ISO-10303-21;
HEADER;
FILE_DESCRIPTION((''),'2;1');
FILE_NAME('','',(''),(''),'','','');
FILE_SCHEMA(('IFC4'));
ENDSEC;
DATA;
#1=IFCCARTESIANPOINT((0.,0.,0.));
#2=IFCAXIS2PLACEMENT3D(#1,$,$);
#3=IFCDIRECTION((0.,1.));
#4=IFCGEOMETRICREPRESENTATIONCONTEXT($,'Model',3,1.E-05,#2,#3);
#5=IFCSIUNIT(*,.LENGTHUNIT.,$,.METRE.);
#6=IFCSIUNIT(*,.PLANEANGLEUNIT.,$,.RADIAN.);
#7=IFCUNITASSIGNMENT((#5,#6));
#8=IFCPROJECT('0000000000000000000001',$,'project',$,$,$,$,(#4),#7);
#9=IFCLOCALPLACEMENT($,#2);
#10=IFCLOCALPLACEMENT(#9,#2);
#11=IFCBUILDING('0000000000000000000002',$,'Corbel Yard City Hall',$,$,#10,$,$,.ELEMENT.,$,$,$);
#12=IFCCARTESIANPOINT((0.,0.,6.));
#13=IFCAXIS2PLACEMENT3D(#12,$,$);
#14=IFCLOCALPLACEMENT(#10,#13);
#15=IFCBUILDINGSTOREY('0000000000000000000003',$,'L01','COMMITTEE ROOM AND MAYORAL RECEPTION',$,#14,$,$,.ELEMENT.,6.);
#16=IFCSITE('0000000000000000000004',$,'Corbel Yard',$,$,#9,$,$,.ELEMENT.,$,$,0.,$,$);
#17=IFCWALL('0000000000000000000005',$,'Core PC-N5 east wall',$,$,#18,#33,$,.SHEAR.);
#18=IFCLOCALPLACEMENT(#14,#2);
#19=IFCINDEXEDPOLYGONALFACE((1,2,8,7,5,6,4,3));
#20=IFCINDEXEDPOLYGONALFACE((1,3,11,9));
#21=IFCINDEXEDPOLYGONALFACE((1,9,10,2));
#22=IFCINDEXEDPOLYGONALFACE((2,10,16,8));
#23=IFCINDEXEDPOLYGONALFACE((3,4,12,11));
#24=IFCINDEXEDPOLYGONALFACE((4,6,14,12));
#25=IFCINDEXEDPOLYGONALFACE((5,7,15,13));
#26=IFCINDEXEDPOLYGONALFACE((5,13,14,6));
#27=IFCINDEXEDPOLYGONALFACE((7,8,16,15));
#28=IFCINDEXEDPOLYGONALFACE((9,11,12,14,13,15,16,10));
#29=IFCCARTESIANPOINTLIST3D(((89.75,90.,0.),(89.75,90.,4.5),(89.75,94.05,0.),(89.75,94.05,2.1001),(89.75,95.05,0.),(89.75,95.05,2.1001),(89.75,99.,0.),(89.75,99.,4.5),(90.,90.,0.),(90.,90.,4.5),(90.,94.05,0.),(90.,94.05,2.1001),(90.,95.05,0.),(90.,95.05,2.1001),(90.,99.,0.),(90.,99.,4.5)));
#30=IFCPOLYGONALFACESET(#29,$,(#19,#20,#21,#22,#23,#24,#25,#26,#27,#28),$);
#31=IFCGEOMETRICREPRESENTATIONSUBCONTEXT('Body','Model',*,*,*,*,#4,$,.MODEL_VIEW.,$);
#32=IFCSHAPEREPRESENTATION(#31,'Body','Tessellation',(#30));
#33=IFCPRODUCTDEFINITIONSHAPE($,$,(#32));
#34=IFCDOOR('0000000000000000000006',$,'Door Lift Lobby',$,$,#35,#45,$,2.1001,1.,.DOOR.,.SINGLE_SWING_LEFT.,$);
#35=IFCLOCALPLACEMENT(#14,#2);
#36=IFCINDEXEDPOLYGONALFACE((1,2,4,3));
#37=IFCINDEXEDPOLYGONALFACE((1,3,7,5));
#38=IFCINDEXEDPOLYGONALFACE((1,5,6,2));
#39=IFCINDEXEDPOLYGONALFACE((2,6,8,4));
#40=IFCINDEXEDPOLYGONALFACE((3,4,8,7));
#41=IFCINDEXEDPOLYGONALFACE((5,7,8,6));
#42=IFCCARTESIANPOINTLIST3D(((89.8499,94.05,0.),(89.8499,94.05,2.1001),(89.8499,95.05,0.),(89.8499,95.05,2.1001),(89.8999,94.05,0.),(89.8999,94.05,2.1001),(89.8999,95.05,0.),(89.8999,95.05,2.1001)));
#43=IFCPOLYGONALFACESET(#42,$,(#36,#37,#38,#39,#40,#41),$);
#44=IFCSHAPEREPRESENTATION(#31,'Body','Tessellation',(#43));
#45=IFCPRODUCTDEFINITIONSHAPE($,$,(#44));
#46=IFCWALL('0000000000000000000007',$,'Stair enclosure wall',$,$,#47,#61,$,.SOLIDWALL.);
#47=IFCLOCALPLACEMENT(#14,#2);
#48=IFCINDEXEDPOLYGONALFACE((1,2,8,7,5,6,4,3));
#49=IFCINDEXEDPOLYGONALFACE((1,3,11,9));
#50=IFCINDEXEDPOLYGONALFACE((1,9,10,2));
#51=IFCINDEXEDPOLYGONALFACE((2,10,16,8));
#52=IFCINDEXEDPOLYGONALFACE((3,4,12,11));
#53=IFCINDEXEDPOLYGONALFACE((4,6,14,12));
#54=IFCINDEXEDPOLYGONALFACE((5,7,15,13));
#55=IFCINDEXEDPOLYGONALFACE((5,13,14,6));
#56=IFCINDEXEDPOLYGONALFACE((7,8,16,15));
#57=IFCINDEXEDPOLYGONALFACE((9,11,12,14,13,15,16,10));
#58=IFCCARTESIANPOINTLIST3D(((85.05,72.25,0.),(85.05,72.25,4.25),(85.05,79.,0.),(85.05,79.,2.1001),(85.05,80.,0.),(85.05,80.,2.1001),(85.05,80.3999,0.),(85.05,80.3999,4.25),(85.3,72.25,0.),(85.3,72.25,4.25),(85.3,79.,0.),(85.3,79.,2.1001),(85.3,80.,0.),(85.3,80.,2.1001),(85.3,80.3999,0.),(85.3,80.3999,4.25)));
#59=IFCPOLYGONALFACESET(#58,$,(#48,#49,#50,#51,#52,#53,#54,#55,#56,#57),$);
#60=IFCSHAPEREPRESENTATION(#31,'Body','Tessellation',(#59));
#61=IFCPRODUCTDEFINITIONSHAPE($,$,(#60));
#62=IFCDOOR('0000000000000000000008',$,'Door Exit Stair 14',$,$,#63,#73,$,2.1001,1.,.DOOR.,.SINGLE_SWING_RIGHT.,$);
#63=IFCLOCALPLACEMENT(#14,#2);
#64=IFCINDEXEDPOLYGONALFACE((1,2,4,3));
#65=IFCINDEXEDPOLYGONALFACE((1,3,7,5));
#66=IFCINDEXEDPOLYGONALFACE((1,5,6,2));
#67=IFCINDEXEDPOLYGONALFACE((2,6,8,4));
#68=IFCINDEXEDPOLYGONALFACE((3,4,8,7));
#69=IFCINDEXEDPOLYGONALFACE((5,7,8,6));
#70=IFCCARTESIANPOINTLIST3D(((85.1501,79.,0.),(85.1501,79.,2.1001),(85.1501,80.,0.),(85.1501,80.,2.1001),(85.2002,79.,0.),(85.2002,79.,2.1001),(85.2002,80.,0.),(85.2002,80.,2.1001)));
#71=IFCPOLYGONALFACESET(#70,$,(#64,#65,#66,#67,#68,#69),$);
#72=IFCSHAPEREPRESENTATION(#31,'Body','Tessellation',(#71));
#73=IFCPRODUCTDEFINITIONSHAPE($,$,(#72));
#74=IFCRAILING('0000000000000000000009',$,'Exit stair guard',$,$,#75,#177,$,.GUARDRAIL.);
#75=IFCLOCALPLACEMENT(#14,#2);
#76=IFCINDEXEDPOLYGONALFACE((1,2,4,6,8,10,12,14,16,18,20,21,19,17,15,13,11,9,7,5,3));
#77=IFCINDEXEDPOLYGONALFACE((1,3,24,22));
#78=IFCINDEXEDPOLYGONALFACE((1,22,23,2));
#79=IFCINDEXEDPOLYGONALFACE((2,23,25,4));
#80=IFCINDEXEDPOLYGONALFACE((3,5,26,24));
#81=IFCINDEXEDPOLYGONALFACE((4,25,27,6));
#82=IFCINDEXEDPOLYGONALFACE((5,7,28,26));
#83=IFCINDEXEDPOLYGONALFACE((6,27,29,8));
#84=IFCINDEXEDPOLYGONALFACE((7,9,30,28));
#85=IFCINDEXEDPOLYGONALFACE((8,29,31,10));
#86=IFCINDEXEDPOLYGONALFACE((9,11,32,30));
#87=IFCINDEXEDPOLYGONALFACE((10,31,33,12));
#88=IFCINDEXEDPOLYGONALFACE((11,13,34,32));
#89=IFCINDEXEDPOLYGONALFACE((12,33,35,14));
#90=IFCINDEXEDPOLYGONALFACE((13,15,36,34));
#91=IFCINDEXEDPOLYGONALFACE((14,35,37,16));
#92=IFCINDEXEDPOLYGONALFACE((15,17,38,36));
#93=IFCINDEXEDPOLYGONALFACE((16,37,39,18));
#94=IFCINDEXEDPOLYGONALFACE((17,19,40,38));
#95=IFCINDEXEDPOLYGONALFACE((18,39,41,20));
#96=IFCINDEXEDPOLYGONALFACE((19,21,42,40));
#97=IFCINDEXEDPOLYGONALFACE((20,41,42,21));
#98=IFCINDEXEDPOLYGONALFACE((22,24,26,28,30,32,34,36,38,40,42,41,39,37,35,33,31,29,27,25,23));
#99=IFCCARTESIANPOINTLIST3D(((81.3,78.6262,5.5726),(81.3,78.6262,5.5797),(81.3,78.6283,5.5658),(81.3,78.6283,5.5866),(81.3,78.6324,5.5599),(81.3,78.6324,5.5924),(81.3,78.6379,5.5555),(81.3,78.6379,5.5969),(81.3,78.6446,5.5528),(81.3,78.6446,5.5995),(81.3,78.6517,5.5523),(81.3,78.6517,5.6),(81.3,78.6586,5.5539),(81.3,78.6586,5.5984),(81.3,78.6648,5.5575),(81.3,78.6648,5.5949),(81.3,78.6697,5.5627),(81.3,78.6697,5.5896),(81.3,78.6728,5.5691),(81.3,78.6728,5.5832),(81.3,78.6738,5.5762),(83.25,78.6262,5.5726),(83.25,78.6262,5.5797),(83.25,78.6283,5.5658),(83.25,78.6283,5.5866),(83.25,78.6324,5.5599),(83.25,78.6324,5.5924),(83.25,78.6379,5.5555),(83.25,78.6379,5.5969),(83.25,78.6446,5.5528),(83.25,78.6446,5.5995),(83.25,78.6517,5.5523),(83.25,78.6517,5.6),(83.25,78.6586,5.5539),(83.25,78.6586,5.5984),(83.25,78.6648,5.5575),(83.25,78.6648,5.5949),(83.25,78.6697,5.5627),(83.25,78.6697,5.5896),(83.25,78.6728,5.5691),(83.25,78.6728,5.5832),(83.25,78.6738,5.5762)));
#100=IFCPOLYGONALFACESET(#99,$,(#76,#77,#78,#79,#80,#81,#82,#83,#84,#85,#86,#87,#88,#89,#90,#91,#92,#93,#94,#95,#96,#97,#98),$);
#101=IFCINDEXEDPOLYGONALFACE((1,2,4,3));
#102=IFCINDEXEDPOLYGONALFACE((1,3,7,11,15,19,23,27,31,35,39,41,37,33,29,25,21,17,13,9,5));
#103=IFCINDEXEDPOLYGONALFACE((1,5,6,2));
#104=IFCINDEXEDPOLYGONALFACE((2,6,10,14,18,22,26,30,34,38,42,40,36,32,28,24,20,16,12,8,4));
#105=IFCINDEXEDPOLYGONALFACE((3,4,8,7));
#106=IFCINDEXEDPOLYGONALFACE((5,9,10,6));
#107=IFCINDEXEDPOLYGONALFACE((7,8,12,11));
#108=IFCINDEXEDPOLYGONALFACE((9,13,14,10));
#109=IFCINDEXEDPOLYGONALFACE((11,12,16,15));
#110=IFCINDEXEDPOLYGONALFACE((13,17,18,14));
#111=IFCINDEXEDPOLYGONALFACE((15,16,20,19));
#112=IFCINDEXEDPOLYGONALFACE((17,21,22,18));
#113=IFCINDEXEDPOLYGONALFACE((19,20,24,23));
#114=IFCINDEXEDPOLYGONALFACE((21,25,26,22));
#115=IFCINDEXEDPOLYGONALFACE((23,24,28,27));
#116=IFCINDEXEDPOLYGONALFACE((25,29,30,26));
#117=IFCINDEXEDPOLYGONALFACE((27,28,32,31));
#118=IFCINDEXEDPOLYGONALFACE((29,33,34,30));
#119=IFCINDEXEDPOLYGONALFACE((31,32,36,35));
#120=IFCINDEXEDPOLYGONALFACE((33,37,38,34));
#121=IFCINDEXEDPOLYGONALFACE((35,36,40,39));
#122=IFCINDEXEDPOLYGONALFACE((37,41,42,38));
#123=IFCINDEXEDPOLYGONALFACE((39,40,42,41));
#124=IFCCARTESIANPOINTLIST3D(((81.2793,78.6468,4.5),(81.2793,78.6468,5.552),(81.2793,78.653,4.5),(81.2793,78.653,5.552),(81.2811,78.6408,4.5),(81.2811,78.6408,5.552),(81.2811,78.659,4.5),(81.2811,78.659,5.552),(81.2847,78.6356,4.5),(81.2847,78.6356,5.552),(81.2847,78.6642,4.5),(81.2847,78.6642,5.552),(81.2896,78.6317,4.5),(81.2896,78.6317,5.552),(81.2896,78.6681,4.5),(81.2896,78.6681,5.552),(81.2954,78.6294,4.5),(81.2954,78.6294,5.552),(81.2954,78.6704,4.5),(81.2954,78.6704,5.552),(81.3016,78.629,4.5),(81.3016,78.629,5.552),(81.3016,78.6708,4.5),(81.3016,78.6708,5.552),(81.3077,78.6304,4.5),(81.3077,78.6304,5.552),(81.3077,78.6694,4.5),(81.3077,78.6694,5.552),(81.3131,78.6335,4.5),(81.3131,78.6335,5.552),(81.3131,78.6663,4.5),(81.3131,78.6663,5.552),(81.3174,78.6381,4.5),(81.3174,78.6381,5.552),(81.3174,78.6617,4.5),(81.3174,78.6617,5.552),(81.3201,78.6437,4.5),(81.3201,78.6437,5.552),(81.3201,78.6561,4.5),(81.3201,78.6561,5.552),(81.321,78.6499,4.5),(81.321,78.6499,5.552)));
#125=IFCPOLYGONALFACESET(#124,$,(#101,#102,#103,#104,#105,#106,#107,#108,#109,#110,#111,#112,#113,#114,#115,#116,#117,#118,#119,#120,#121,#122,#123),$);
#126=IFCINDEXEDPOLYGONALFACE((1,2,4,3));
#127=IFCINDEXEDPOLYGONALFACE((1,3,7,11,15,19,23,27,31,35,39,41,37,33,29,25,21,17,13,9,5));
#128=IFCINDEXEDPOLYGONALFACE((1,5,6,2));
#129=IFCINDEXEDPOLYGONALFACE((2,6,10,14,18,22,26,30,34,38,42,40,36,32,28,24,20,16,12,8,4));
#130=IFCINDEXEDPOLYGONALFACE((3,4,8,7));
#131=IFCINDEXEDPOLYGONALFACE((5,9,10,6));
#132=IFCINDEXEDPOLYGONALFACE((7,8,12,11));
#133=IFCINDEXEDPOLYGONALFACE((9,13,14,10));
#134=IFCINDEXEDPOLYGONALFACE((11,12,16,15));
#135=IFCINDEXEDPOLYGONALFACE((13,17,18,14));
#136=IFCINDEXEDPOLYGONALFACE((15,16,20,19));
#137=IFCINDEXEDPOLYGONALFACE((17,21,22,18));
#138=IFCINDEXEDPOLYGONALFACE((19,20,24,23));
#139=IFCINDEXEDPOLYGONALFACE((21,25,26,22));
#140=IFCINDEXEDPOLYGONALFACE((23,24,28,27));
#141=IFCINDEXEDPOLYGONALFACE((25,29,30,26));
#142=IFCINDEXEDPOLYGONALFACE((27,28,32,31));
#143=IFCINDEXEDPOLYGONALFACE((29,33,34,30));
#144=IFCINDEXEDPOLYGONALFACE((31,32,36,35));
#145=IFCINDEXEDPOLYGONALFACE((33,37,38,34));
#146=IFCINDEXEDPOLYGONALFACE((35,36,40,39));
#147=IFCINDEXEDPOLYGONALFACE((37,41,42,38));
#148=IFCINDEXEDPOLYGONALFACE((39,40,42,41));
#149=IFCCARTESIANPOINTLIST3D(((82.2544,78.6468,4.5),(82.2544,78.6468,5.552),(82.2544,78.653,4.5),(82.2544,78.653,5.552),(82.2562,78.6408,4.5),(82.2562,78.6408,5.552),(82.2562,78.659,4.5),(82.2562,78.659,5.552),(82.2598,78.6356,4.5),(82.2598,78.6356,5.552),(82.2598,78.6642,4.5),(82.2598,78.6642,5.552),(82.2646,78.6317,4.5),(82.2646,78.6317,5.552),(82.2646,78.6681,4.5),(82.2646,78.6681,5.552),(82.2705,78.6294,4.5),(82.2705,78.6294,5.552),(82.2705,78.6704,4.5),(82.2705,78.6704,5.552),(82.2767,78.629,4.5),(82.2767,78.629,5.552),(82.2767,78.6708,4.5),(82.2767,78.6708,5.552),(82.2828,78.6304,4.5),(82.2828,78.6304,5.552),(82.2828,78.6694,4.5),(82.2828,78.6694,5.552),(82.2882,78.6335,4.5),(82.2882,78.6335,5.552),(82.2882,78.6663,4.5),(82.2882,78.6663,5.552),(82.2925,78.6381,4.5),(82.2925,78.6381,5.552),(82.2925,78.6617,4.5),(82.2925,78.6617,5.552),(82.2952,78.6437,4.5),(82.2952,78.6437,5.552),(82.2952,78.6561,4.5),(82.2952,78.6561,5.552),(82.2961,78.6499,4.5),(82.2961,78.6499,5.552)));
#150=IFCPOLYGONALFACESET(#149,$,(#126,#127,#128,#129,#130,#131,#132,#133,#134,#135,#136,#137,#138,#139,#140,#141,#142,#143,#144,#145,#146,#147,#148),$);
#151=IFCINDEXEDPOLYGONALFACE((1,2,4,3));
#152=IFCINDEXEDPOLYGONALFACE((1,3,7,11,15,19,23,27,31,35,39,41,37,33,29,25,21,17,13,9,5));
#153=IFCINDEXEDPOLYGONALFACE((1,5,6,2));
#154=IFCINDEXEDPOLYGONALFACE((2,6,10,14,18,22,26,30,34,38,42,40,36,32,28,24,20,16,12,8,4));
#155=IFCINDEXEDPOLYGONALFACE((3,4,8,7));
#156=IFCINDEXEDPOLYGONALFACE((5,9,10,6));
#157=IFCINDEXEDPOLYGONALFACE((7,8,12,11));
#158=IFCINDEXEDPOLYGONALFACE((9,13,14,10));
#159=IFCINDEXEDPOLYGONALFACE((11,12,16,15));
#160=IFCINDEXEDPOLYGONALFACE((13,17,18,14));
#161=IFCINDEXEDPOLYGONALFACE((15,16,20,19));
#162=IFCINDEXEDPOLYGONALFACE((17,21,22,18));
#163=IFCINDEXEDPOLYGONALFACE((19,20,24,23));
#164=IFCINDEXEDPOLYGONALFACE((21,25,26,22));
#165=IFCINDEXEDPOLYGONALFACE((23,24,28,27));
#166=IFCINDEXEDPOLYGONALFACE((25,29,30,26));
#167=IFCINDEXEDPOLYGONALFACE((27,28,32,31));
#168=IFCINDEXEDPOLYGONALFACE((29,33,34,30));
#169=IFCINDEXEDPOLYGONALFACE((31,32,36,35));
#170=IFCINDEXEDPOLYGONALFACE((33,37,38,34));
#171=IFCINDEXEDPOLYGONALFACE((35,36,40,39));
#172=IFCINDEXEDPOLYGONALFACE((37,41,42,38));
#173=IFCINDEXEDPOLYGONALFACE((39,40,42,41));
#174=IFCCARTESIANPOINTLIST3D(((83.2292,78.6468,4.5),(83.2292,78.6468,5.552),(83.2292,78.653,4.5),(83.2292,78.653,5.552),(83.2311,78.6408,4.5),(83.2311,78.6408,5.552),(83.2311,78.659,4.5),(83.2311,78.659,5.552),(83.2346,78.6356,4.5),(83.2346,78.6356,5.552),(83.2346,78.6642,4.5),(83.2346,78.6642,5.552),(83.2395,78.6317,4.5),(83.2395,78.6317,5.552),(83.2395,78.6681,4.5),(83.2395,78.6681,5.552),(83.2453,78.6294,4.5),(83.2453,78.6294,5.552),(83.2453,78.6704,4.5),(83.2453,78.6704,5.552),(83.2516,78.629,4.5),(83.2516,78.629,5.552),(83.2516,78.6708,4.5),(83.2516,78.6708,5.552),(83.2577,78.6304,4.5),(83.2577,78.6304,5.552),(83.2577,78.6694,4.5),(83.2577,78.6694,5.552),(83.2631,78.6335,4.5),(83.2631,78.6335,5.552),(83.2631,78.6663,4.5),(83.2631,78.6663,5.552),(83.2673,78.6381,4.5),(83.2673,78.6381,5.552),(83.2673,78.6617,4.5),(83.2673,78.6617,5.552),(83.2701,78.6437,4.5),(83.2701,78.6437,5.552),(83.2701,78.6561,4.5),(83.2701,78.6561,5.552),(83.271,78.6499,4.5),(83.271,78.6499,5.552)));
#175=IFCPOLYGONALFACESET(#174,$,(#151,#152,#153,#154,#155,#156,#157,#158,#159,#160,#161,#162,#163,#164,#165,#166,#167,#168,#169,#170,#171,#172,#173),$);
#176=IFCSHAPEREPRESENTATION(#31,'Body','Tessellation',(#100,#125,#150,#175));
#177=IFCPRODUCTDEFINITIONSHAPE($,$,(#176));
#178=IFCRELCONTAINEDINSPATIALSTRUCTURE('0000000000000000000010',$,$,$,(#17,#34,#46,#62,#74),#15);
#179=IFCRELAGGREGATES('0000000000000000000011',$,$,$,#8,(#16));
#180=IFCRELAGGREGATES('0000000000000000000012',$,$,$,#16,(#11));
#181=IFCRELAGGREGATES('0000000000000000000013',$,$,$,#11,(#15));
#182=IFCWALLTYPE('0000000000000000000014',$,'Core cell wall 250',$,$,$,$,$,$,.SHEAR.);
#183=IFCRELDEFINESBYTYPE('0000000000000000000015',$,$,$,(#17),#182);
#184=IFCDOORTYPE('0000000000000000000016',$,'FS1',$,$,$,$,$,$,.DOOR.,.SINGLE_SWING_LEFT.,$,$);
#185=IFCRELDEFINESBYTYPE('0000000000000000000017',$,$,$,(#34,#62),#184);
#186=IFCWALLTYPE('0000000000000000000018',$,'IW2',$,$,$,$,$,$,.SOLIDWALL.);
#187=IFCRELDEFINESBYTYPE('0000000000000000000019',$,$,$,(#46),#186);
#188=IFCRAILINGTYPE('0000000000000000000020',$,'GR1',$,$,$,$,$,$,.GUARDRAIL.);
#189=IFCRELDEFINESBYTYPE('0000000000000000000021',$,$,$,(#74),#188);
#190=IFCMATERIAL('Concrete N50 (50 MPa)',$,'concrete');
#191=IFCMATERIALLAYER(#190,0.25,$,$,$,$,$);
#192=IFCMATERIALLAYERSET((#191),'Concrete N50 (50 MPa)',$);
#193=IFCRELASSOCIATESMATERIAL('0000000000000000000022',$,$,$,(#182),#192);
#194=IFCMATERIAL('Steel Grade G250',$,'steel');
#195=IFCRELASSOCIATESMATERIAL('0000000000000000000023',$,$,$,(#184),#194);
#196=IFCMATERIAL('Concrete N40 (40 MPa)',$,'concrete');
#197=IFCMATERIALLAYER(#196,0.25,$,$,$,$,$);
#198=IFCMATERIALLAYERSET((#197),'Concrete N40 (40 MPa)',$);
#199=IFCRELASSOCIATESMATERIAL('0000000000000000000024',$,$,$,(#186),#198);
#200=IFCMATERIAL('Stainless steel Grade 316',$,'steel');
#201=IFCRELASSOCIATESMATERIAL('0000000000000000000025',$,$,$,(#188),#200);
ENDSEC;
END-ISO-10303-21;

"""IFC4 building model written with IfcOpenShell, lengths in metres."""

from ifc_helpers import new_model, si_unit, direction, frame, frame_2d, origin, origin_2d, place, context, subcontext, project, spatial, rectangle, circle, extrude, material, layer, layer_set, type_object, element, fill, save


model = new_model("IFC4")

# Units and contexts
model_context = context("Model", 3, precision=1e-05, world=origin(), true_north=direction((0.0, 1.0)))
body_context = subcontext(model_context, "Body", "Model", "MODEL_VIEW")
ifc_project = project(units=[si_unit("LENGTHUNIT", "METRE"), si_unit("PLANEANGLEUNIT", "RADIAN")], contexts=[model_context])

# Site, building, storey
site_placement = place(None, origin())
site = spatial("IfcSite", under=ifc_project, at=site_placement, Name="Corbel Yard", CompositionType="ELEMENT", RefElevation=0.0)
building_placement = place(site_placement, origin())
building = spatial("IfcBuilding", under=site, at=building_placement, Name="Corbel Yard City Hall", CompositionType="ELEMENT")
storey_placement = place(building_placement, frame((0.0, 0.0, 6.0)))
storey = spatial("IfcBuildingStorey", under=building, at=storey_placement, Name="L01", Description="COMMITTEE ROOM AND MAYORAL RECEPTION", CompositionType="ELEMENT", Elevation=6.0)

# Shared definitions
ifc_material_1 = material(Name="Concrete N50 (50 MPa)", Category="concrete")
ifc_layer_1 = layer(ifc_material_1, 0.25)
ifc_layer_set_1 = layer_set([ifc_layer_1], Name="Concrete N50 (50 MPa)")
wall_type_1 = type_object("IfcWallType", Name="Core cell wall 250", PredefinedType="SHEAR", material=ifc_layer_set_1)

# Walls, openings, doors
wall_1_placement = place(storey_placement, frame((89.875, 90.0, 0.0), z_axis=(0.0, 0.0, 1.0), x_axis=(0.0, 1.0, 0.0)))
wall_1 = element("IfcWall", 1, at=wall_1_placement, inside=storey, type_object=wall_type_1, Name="Core PC-N5 east wall", PredefinedType="SHEAR", context=body_context, shape_type="SweptSolid", body=[
    extrude(rectangle(XDim=9.0, YDim=0.25, at=frame_2d((4.5, 0.0))), origin(), (0.0, 0.0, 1.0), 4.5),
])
opening_1_placement = place(wall_1_placement, frame((4.05, 0.0, 0.0)))
opening_1 = element("IfcOpeningElement", 2, at=opening_1_placement, cuts=wall_1, PredefinedType="OPENING", context=body_context, shape_type="SweptSolid", body=[
    extrude(rectangle(XDim=1.0, YDim=2.1001, at=frame_2d((0.5, 1.05))), frame((0.0, 0.135, 0.0), z_axis=(0.0, -1.0, 0.0), x_axis=(1.0, 0.0, 0.0)), (0.0, 0.0, 1.0), 0.27),
])
ifc_material_2 = material(Name="Steel Grade G250", Category="steel")
door_type = type_object("IfcDoorType", Name="FS1", OperationType="SINGLE_SWING_LEFT", PredefinedType="DOOR", material=ifc_material_2)
door_1_placement = place(opening_1_placement, frame((1.0, 0.0, 0.0), z_axis=(0.0, 0.0, 1.0), x_axis=(-1.0, 0.0, 0.0)))
door_1 = element("IfcDoor", 3, at=door_1_placement, inside=storey, type_object=door_type, Name="Door Lift Lobby", OperationType="SINGLE_SWING_LEFT", OverallHeight=2.1001, OverallWidth=1.0, PredefinedType="DOOR", context=body_context, shape_type="SweptSolid", body=[
    extrude(rectangle(XDim=1.0, YDim=2.1001, at=frame_2d((0.5, 1.05))), frame((0.0, 0.0249, 0.0), z_axis=(0.0, -1.0, 0.0), x_axis=(1.0, 0.0, 0.0)), (0.0, 0.0, 1.0), 0.05),
])
fill(opening_1, door_1)
ifc_material_3 = material(Name="Concrete N40 (40 MPa)", Category="concrete")
ifc_layer_2 = layer(ifc_material_3, 0.25)
ifc_layer_set_2 = layer_set([ifc_layer_2], Name="Concrete N40 (40 MPa)")
wall_type_2 = type_object("IfcWallType", Name="IW2", PredefinedType="SOLIDWALL", material=ifc_layer_set_2)
wall_2_placement = place(storey_placement, frame((85.175, 80.3999, 0.0), z_axis=(0.0, 0.0, 1.0), x_axis=(0.0, -1.0, 0.0)))
wall_2 = element("IfcWall", 4, at=wall_2_placement, inside=storey, type_object=wall_type_2, Name="Stair enclosure wall", PredefinedType="SOLIDWALL", context=body_context, shape_type="SweptSolid", body=[
    extrude(rectangle(XDim=8.1499, YDim=0.25, at=frame_2d((4.075, 0.0))), origin(), (0.0, 0.0, 1.0), 4.25),
])
opening_2_placement = place(wall_2_placement, frame((0.3999, 0.0, 0.0)))
opening_2 = element("IfcOpeningElement", 5, at=opening_2_placement, cuts=wall_2, PredefinedType="OPENING", context=body_context, shape_type="SweptSolid", body=[
    extrude(rectangle(XDim=1.0, YDim=2.1001, at=frame_2d((0.5, 1.05))), frame((0.0, 0.135, 0.0), z_axis=(0.0, -1.0, 0.0), x_axis=(1.0, 0.0, 0.0)), (0.0, 0.0, 1.0), 0.27),
])
door_2_placement = place(opening_2_placement, frame((1.0, 0.0, 0.0), z_axis=(0.0, 0.0, 1.0), x_axis=(-1.0, 0.0, 0.0)))
door_2 = element("IfcDoor", 6, at=door_2_placement, inside=storey, type_object=door_type, Name="Door Exit Stair 14", OperationType="SINGLE_SWING_RIGHT", OverallHeight=2.1001, OverallWidth=1.0, PredefinedType="DOOR", context=body_context, shape_type="SweptSolid", body=[
    extrude(rectangle(XDim=1.0, YDim=2.1001, at=frame_2d((0.5, 1.05))), frame((0.0, 0.0249, 0.0), z_axis=(0.0, -1.0, 0.0), x_axis=(1.0, 0.0, 0.0)), (0.0, 0.0, 1.0), 0.05),
])
fill(opening_2, door_2)

# Railing
ifc_material_4 = material(Name="Stainless steel Grade 316", Category="steel")
railing_type_1 = type_object("IfcRailingType", Name="GR1", PredefinedType="GUARDRAIL", material=ifc_material_4)
railing_1_placement = place(storey_placement, frame((81.3, 78.6499, 4.5)))
element("IfcRailing", 7, at=railing_1_placement, inside=storey, type_object=railing_type_1, Name="Exit stair guard", PredefinedType="GUARDRAIL", context=body_context, shape_type="SweptSolid", body=[
    extrude(circle(Radius=0.0239, at=origin_2d()), frame((0.0, 0.0, 1.0762), z_axis=(1.0, 0.0, 0.0), x_axis=(0.0, 1.0, 0.0)), (0.0, 0.0, 1.0), 1.95),
    extrude(circle(Radius=0.021, at=origin_2d()), origin(), (0.0, 0.0, 1.0), 1.052),
    extrude(circle(Radius=0.021, at=origin_2d()), frame((0.9751, 0.0, 0.0)), (0.0, 0.0, 1.0), 1.052),
    extrude(circle(Radius=0.021, at=origin_2d()), frame((1.95, 0.0, 0.0)), (0.0, 0.0, 1.0), 1.052),
])

save(model, "model.ifc")
